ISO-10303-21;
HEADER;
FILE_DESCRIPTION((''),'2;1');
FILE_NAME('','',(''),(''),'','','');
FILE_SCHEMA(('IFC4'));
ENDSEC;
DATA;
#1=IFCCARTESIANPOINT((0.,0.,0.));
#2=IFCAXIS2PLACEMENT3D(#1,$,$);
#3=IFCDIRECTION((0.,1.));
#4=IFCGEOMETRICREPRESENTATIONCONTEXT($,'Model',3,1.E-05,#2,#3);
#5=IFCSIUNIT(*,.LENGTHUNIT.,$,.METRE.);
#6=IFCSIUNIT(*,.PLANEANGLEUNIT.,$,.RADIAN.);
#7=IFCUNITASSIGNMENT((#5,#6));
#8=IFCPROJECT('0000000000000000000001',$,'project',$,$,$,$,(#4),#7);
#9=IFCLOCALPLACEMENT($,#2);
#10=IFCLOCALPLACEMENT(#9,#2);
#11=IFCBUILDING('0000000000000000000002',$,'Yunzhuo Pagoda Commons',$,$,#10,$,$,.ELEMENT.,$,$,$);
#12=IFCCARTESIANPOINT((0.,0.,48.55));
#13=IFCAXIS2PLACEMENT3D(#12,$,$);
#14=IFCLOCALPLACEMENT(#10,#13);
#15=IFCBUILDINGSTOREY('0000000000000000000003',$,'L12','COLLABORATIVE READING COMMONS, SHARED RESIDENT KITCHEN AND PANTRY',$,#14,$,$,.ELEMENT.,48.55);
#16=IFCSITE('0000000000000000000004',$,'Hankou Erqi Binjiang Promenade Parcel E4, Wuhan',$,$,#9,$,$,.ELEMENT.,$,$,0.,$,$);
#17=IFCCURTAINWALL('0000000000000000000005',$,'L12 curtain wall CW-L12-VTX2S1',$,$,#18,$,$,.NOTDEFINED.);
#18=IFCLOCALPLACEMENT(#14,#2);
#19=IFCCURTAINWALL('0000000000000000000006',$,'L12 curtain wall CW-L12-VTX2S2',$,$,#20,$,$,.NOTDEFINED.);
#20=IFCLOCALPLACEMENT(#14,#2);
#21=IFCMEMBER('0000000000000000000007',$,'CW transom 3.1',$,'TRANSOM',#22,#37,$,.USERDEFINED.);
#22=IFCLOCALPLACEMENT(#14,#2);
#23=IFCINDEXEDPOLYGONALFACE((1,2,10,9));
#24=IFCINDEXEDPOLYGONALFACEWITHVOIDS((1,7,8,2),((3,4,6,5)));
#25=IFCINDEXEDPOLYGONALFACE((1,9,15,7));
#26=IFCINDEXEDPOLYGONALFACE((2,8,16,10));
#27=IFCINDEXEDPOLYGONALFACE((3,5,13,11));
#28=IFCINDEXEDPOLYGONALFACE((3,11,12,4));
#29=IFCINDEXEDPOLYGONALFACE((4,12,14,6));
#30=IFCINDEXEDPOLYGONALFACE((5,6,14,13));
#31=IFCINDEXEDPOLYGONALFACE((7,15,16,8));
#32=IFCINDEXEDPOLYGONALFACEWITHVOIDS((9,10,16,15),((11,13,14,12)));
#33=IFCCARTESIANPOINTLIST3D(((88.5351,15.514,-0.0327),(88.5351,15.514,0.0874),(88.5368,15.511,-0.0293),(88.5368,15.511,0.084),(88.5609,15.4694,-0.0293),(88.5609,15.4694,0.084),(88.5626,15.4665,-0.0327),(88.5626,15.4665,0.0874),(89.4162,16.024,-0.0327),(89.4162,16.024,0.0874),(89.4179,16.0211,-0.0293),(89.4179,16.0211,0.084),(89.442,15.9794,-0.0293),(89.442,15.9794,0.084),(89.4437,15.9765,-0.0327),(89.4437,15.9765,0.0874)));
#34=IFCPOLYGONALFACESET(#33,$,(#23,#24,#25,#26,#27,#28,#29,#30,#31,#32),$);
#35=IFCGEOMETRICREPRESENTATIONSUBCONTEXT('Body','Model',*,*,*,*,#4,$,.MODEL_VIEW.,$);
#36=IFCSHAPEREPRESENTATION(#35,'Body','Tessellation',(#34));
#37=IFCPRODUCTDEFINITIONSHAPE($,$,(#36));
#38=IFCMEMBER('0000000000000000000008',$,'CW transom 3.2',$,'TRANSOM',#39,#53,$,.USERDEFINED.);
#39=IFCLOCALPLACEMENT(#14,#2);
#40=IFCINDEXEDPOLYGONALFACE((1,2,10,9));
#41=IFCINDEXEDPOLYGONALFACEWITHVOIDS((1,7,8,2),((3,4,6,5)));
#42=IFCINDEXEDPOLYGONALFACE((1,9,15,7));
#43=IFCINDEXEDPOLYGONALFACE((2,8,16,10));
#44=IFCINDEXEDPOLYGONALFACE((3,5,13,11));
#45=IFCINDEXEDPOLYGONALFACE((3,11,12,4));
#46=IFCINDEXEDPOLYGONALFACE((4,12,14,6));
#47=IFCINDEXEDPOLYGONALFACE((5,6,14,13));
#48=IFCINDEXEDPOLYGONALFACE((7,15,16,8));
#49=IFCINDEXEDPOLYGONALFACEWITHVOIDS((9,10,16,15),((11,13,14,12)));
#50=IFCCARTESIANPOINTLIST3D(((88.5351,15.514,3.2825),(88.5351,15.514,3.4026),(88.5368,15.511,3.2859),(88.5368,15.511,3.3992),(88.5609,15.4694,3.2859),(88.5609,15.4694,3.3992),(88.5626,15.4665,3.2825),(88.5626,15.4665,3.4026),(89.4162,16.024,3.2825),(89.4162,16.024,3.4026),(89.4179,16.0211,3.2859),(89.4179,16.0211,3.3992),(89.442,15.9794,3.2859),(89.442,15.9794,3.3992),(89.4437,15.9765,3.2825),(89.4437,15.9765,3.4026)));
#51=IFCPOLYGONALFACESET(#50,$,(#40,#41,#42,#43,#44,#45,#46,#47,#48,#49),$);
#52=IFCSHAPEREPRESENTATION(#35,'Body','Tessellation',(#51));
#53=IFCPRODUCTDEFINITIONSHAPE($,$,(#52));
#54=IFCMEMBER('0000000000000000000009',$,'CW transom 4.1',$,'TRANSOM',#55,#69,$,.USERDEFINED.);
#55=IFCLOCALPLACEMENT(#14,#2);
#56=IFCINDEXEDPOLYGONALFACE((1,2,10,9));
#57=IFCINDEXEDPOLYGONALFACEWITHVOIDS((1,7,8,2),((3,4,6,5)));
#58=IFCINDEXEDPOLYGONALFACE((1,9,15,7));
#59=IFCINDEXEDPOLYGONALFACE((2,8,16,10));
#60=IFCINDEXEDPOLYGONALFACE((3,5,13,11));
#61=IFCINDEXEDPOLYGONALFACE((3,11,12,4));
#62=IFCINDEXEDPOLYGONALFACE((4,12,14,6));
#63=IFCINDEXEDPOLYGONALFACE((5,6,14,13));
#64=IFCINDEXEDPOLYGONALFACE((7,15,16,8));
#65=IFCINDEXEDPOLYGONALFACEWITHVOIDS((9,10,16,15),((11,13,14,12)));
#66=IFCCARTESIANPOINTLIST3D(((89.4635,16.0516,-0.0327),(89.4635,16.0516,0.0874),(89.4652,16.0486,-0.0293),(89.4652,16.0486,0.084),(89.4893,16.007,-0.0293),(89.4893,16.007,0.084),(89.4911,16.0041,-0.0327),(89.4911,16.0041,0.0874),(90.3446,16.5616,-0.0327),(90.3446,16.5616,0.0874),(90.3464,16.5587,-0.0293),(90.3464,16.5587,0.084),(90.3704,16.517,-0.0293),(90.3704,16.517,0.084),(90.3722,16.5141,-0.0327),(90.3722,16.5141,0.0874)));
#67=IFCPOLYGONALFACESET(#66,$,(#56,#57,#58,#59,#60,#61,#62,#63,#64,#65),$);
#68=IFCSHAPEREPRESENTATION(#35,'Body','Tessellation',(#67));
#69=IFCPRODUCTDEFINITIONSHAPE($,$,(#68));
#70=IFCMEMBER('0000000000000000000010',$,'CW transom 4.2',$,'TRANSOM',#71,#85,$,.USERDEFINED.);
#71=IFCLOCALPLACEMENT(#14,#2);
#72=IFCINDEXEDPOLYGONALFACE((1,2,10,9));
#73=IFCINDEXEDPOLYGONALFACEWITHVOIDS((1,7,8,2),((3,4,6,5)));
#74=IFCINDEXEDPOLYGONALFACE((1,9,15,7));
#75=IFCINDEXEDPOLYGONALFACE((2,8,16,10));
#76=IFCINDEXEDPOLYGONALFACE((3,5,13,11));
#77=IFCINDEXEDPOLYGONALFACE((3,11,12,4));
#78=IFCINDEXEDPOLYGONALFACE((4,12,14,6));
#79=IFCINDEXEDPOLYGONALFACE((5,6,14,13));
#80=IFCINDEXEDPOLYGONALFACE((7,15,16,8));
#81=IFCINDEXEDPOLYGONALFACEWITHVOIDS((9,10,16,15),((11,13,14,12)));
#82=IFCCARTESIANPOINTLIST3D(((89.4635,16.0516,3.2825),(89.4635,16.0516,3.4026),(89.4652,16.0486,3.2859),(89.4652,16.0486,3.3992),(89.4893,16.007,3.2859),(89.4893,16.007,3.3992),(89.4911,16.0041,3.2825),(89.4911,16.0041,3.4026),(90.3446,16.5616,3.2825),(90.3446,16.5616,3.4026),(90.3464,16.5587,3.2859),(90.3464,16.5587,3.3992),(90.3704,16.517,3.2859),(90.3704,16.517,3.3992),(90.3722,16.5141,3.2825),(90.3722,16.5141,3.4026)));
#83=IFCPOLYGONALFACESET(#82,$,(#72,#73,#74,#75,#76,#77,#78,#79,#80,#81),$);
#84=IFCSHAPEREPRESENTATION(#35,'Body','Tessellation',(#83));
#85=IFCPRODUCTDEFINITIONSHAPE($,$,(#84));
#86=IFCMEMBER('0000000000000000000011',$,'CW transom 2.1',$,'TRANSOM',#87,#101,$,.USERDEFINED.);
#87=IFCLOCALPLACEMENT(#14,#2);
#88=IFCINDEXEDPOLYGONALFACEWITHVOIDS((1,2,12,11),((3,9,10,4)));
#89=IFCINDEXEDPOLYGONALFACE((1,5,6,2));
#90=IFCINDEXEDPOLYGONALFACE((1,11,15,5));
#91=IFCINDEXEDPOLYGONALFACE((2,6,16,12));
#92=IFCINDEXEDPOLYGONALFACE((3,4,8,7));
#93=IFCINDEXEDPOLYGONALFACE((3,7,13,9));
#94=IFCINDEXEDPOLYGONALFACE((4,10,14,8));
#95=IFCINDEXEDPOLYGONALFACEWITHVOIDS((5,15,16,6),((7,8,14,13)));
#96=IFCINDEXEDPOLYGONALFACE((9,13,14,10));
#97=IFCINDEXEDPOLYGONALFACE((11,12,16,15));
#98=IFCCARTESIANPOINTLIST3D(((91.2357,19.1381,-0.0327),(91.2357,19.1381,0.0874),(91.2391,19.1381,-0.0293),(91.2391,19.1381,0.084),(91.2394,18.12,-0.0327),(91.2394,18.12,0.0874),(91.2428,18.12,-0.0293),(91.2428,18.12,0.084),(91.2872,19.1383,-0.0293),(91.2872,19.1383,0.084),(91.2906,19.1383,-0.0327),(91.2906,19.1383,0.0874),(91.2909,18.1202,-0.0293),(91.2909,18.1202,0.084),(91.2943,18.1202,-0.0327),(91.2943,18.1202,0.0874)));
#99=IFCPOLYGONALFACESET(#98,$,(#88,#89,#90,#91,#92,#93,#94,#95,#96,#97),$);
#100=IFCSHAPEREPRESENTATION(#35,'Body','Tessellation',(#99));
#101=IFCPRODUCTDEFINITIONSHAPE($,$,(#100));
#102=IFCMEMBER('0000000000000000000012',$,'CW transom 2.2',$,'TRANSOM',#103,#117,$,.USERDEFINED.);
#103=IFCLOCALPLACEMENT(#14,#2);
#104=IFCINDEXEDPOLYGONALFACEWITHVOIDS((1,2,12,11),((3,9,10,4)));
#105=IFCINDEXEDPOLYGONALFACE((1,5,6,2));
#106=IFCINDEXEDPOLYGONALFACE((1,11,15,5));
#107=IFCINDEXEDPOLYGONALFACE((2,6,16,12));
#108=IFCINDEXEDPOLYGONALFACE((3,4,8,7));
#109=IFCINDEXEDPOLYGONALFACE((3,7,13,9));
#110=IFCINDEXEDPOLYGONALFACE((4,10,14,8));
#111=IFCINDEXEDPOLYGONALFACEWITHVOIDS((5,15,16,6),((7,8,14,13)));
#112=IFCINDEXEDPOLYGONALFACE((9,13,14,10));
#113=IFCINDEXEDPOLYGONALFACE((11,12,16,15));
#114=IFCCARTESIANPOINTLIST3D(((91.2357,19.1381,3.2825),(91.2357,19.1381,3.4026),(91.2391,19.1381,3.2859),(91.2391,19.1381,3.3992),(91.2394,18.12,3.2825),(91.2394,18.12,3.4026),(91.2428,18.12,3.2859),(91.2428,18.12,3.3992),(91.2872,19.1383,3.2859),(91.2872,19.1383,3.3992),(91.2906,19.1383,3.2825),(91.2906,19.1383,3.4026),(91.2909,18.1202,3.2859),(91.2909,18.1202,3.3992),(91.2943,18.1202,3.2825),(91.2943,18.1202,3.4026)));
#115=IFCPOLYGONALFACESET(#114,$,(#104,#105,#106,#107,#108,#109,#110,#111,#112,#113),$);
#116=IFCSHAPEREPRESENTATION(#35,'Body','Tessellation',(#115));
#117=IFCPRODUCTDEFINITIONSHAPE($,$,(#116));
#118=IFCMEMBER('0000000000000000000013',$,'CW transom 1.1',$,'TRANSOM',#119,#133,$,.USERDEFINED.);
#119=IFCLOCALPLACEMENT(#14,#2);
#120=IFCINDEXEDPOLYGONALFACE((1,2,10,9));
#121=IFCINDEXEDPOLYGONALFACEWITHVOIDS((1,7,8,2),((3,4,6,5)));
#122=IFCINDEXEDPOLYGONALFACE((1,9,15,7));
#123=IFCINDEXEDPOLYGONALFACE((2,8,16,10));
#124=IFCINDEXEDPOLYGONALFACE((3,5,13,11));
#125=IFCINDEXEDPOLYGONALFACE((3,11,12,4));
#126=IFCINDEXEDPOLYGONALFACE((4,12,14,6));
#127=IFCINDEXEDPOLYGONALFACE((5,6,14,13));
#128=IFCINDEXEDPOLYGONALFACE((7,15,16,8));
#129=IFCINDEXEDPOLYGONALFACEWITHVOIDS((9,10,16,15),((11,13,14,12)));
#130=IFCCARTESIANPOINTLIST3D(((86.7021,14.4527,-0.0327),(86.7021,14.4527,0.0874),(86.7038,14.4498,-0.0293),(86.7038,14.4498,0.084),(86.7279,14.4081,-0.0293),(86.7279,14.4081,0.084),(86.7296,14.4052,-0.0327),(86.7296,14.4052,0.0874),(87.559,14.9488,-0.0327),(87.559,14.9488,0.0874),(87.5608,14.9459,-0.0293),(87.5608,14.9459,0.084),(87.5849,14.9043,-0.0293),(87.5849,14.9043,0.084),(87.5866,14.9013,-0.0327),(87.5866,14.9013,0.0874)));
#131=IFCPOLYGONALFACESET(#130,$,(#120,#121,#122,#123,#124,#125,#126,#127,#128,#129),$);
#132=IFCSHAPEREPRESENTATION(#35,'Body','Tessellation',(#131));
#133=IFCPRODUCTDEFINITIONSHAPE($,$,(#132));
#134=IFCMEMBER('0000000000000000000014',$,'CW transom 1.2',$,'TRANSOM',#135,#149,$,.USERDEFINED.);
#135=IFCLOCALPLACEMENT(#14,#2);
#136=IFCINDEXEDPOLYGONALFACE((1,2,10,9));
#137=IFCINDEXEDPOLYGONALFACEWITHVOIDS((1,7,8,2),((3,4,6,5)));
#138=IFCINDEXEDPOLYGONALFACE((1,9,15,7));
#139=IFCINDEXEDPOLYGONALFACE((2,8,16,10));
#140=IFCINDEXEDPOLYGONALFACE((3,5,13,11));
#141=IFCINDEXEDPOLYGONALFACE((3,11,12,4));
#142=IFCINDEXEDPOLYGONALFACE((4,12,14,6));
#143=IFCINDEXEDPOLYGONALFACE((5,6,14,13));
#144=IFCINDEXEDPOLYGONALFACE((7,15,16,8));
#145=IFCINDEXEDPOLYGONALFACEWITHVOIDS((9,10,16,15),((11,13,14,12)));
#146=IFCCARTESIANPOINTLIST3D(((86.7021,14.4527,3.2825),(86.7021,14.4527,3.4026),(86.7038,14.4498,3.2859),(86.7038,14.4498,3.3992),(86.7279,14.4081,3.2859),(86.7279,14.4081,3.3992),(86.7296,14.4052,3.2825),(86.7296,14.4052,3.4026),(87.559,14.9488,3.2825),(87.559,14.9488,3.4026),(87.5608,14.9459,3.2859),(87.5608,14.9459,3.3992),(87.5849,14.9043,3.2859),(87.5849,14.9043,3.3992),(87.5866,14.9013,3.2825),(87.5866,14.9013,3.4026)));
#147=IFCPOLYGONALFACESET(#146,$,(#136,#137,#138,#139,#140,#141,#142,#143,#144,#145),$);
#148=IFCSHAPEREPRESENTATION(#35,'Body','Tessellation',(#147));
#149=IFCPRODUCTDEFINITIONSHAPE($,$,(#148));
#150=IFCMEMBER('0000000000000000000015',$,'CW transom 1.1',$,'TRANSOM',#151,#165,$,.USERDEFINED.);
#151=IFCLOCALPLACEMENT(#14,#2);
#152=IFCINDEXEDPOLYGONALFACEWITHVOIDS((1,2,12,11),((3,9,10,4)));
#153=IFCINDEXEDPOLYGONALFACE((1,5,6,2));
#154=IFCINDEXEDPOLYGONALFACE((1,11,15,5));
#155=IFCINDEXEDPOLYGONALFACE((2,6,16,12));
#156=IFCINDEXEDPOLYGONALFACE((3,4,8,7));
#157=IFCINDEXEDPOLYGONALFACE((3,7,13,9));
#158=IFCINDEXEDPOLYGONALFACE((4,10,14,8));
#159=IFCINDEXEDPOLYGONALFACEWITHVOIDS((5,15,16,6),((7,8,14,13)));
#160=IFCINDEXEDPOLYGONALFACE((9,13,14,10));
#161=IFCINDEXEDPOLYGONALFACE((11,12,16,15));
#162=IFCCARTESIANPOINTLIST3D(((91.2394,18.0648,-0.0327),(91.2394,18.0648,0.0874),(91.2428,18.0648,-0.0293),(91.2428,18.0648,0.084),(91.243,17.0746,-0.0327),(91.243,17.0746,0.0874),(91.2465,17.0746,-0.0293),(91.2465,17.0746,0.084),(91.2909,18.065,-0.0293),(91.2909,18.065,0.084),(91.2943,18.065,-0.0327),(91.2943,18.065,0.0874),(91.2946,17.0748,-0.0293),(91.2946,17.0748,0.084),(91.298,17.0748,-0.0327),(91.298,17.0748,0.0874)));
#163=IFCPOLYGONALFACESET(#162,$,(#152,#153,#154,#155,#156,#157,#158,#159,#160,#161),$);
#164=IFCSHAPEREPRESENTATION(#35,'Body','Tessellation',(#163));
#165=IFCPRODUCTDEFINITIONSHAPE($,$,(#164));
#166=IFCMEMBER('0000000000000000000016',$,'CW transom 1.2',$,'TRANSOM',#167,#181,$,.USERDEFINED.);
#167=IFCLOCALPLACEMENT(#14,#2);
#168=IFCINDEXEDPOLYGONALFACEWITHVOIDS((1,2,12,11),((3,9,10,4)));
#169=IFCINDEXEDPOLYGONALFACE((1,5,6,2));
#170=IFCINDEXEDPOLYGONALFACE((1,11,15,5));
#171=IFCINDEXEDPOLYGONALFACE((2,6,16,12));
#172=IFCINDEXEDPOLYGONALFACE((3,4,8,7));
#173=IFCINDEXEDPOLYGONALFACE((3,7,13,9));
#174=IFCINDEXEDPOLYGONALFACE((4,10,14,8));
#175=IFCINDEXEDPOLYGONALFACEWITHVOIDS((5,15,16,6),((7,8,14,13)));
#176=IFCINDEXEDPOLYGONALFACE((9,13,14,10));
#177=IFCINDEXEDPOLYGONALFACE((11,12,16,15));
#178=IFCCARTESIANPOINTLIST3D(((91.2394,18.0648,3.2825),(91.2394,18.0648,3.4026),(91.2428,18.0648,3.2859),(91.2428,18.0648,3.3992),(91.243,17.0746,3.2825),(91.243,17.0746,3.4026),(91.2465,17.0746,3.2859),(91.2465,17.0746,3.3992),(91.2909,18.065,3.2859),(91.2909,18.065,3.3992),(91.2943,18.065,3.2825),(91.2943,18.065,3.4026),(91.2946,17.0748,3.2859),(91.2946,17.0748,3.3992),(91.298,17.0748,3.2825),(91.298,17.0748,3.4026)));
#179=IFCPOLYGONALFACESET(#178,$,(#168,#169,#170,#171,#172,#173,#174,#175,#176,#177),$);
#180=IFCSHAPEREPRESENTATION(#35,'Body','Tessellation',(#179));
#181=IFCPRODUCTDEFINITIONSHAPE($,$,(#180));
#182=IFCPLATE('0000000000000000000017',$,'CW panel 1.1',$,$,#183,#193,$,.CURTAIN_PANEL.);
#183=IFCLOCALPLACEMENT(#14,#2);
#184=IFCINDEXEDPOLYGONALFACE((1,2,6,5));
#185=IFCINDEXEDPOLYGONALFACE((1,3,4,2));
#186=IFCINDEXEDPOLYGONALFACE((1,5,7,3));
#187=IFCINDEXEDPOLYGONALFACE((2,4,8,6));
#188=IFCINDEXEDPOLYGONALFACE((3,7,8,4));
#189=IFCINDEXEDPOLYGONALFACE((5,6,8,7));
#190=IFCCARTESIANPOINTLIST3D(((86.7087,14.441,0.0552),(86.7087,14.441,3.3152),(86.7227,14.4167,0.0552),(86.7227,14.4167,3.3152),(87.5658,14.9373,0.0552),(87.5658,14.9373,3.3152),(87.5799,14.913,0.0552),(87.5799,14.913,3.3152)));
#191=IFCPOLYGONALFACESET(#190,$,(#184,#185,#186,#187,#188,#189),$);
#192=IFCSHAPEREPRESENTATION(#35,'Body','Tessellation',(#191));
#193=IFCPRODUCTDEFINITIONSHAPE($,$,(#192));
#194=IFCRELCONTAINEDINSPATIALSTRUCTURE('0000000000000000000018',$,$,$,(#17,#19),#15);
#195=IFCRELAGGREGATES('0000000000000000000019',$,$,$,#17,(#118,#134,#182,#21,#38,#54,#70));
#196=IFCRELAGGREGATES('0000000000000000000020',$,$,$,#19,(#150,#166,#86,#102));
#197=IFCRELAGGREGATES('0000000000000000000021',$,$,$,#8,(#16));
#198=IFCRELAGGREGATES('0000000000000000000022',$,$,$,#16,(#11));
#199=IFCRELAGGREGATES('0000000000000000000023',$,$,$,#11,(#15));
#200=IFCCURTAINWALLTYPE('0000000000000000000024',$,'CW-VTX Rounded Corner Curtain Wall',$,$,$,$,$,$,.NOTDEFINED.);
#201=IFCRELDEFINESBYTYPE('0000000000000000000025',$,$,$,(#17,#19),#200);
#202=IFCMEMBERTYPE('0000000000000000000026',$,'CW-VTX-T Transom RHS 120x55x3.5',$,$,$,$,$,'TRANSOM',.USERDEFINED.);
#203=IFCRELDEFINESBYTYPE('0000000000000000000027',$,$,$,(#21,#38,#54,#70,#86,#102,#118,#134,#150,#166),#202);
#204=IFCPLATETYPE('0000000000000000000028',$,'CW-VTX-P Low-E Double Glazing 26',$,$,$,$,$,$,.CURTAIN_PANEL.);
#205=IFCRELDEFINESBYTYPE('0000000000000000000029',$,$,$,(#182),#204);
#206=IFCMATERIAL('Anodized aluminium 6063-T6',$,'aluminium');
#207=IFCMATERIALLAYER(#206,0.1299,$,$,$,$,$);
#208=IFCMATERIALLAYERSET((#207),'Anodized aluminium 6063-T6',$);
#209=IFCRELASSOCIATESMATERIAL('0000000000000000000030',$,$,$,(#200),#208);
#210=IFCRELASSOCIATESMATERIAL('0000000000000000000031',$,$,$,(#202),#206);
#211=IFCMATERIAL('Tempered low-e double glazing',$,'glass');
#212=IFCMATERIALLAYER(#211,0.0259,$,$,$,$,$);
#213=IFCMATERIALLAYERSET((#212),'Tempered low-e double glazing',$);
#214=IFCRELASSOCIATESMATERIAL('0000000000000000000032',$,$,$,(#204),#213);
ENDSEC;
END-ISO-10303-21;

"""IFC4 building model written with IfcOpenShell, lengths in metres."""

from ifc_helpers import new_model, si_unit, direction, frame, origin, origin_2d, place, context, subcontext, project, spatial, rectangle, hollow_rectangle, extrude, source, transform, mapped, material, layer, layer_set, material_profile, profile_set, type_object, element, aggregate, save


model = new_model("IFC4")

# Units and contexts
model_context = context("Model", 3, precision=1e-05, world=origin(), true_north=direction((0.0, 1.0)))
body_context = subcontext(model_context, "Body", "Model", "MODEL_VIEW")
ifc_project = project(units=[si_unit("LENGTHUNIT", "METRE"), si_unit("PLANEANGLEUNIT", "RADIAN")], contexts=[model_context])

# Site, building, storey
site_placement = place(None, origin())
site = spatial("IfcSite", under=ifc_project, at=site_placement, Name="Hankou Erqi Binjiang Promenade Parcel E4, Wuhan", CompositionType="ELEMENT", RefElevation=0.0)
building_placement = place(site_placement, origin())
building = spatial("IfcBuilding", under=site, at=building_placement, Name="Yunzhuo Pagoda Commons", CompositionType="ELEMENT")
storey_placement = place(building_placement, frame((0.0, 0.0, 48.55)))
storey = spatial("IfcBuildingStorey", under=building, at=storey_placement, Name="L12", Description="COLLABORATIVE READING COMMONS, SHARED RESIDENT KITCHEN AND PANTRY", CompositionType="ELEMENT", Elevation=48.55)

# Shared definitions
ifc_material_1 = material(Name="Anodized aluminium 6063-T6", Category="aluminium")

# Curtain wall
ifc_layer_1 = layer(ifc_material_1, 0.1299)
ifc_layer_set_1 = layer_set([ifc_layer_1], Name="Anodized aluminium 6063-T6")
curtain_wall_type_1 = type_object("IfcCurtainWallType", Name="CW-VTX Rounded Corner Curtain Wall", PredefinedType="NOTDEFINED", material=ifc_layer_set_1)
curtain_wall_1_placement = place(storey_placement, origin())
curtain_wall_1 = element("IfcCurtainWall", 1, at=curtain_wall_1_placement, inside=storey, type_object=curtain_wall_type_1, Name="L12 curtain wall CW-L12-VTX2S1", PredefinedType="NOTDEFINED")

# Curtain wall
curtain_wall_2_placement = place(storey_placement, origin())
curtain_wall_2 = element("IfcCurtainWall", 2, at=curtain_wall_2_placement, inside=storey, type_object=curtain_wall_type_1, Name="L12 curtain wall CW-L12-VTX2S2", PredefinedType="NOTDEFINED")

# Members
ifc_material_profile_1 = material_profile(ifc_material_1, hollow_rectangle(XDim=0.0549, YDim=0.1201, WallThickness=0.0034, at=origin_2d()), Name="Anodized aluminium 6063-T6")
ifc_profile_set_1 = profile_set([ifc_material_profile_1], Name="Anodized aluminium 6063-T6")
member_type_1 = type_object("IfcMemberType", Name="CW-VTX-T Transom RHS 120x55x3.5", ElementType="TRANSOM", PredefinedType="USERDEFINED", material=ifc_profile_set_1)
shared_shape_1 = source(origin(), body_context, "Body", "SweptSolid", [
    extrude(hollow_rectangle(XDim=0.0549, YDim=0.1201, WallThickness=0.0034, at=origin_2d()), origin(), (0.0, 0.0, 1.0), 1.0181),
])
member_1_placement = place(storey_placement, frame((88.5488, 15.4902, 0.0273), z_axis=(0.86547, 0.500961, 0.0), x_axis=(-0.500961, 0.86547, 0.0)))
member_1 = element("IfcMember", 3, at=member_1_placement, type_object=member_type_1, Name="CW transom 3.1", ObjectType="TRANSOM", PredefinedType="USERDEFINED", context=body_context, shape_type="MappedRepresentation", body=[
    mapped(shared_shape_1, transform((0.0, 0.0, 0.0), scale=1.0)),
])
member_2_placement = place(storey_placement, frame((88.5488, 15.4902, 3.3425), z_axis=(0.86547, 0.500961, 0.0), x_axis=(-0.500961, 0.86547, 0.0)))
member_2 = element("IfcMember", 4, at=member_2_placement, type_object=member_type_1, Name="CW transom 3.2", ObjectType="TRANSOM", PredefinedType="USERDEFINED", context=body_context, shape_type="MappedRepresentation", body=[
    mapped(shared_shape_1, transform((0.0, 0.0, 0.0), scale=1.0)),
])
member_3_placement = place(storey_placement, frame((89.4773, 16.0278, 0.0273), z_axis=(0.86547, 0.500961, 0.0), x_axis=(-0.500961, 0.86547, 0.0)))
member_3 = element("IfcMember", 5, at=member_3_placement, type_object=member_type_1, Name="CW transom 4.1", ObjectType="TRANSOM", PredefinedType="USERDEFINED", context=body_context, shape_type="MappedRepresentation", body=[
    mapped(shared_shape_1, transform((0.0, 0.0, 0.0), scale=1.0)),
])
member_4_placement = place(storey_placement, frame((89.4773, 16.0278, 3.3425), z_axis=(0.86547, 0.500961, 0.0), x_axis=(-0.500961, 0.86547, 0.0)))
member_4 = element("IfcMember", 6, at=member_4_placement, type_object=member_type_1, Name="CW transom 4.2", ObjectType="TRANSOM", PredefinedType="USERDEFINED", context=body_context, shape_type="MappedRepresentation", body=[
    mapped(shared_shape_1, transform((0.0, 0.0, 0.0), scale=1.0)),
])
member_5_placement = place(storey_placement, frame((91.2668, 18.1201, 0.0273), z_axis=(-0.003597, 0.999994, 0.0), x_axis=(-0.999994, -0.003597, 0.0)))
member_5 = element("IfcMember", 7, at=member_5_placement, type_object=member_type_1, Name="CW transom 2.1", ObjectType="TRANSOM", PredefinedType="USERDEFINED", context=body_context, shape_type="MappedRepresentation", body=[
    mapped(shared_shape_1, transform((0.0, 0.0, 0.0), scale=1.0)),
])
member_6_placement = place(storey_placement, frame((91.2668, 18.1201, 3.3425), z_axis=(-0.003597, 0.999994, 0.0), x_axis=(-0.999994, -0.003597, 0.0)))
member_6 = element("IfcMember", 8, at=member_6_placement, type_object=member_type_1, Name="CW transom 2.2", ObjectType="TRANSOM", PredefinedType="USERDEFINED", context=body_context, shape_type="MappedRepresentation", body=[
    mapped(shared_shape_1, transform((0.0, 0.0, 0.0), scale=1.0)),
])
shared_shape_2 = source(origin(), body_context, "Body", "SweptSolid", [
    extrude(hollow_rectangle(XDim=0.0549, YDim=0.1201, WallThickness=0.0034, at=origin_2d()), origin(), (0.0, 0.0, 1.0), 0.9902),
])
member_7_placement = place(storey_placement, frame((86.7158, 14.429, 0.0273), z_axis=(0.865438, 0.501017, 0.0), x_axis=(-0.501017, 0.865438, 0.0)))
member_7 = element("IfcMember", 9, at=member_7_placement, type_object=member_type_1, Name="CW transom 1.1", ObjectType="TRANSOM", PredefinedType="USERDEFINED", context=body_context, shape_type="MappedRepresentation", body=[
    mapped(shared_shape_2, transform((0.0, 0.0, 0.0), scale=1.0)),
])
member_8_placement = place(storey_placement, frame((86.7158, 14.429, 3.3425), z_axis=(0.865438, 0.501017, 0.0), x_axis=(-0.501017, 0.865438, 0.0)))
member_8 = element("IfcMember", 10, at=member_8_placement, type_object=member_type_1, Name="CW transom 1.2", ObjectType="TRANSOM", PredefinedType="USERDEFINED", context=body_context, shape_type="MappedRepresentation", body=[
    mapped(shared_shape_2, transform((0.0, 0.0, 0.0), scale=1.0)),
])
member_9_placement = place(storey_placement, frame((91.2705, 17.0747, 0.0273), z_axis=(-0.003698, 0.999993, 0.0), x_axis=(-0.999993, -0.003698, 0.0)))
member_9 = element("IfcMember", 11, at=member_9_placement, type_object=member_type_1, Name="CW transom 1.1", ObjectType="TRANSOM", PredefinedType="USERDEFINED", context=body_context, shape_type="MappedRepresentation", body=[
    mapped(shared_shape_2, transform((0.0, 0.0, 0.0), scale=1.0)),
])
member_10_placement = place(storey_placement, frame((91.2705, 17.0747, 3.3425), z_axis=(-0.003698, 0.999993, 0.0), x_axis=(-0.999993, -0.003698, 0.0)))
member_10 = element("IfcMember", 12, at=member_10_placement, type_object=member_type_1, Name="CW transom 1.2", ObjectType="TRANSOM", PredefinedType="USERDEFINED", context=body_context, shape_type="MappedRepresentation", body=[
    mapped(shared_shape_2, transform((0.0, 0.0, 0.0), scale=1.0)),
])

# Plate
ifc_material_2 = material(Name="Tempered low-e double glazing", Category="glass")
ifc_layer_2 = layer(ifc_material_2, 0.0259)
ifc_layer_set_2 = layer_set([ifc_layer_2], Name="Tempered low-e double glazing")
plate_type = type_object("IfcPlateType", Name="CW-VTX-P Low-E Double Glazing 26", PredefinedType="CURTAIN_PANEL", material=ifc_layer_set_2)
shared_shape_3 = source(origin(), body_context, "Body", "SweptSolid", [
    extrude(rectangle(XDim=0.9905, YDim=0.0281, at=origin_2d()), origin(), (0.0, 0.0, 1.0), 3.26),
])
plate_1_placement = place(storey_placement, frame((87.1443, 14.677, 0.0552), z_axis=(0.0, 0.0, 1.0), x_axis=(0.865423, 0.501041, 0.0)))
plate_1 = element("IfcPlate", 13, at=plate_1_placement, type_object=plate_type, Name="CW panel 1.1", PredefinedType="CURTAIN_PANEL", context=body_context, shape_type="MappedRepresentation", body=[
    mapped(shared_shape_3, transform((0.0, 0.0, 0.0), scale=1.0)),
])
aggregate(curtain_wall_1, [member_7, member_8, plate_1, member_1, member_2, member_3, member_4])
aggregate(curtain_wall_2, [member_9, member_10, member_5, member_6])

save(model, "model.ifc")
